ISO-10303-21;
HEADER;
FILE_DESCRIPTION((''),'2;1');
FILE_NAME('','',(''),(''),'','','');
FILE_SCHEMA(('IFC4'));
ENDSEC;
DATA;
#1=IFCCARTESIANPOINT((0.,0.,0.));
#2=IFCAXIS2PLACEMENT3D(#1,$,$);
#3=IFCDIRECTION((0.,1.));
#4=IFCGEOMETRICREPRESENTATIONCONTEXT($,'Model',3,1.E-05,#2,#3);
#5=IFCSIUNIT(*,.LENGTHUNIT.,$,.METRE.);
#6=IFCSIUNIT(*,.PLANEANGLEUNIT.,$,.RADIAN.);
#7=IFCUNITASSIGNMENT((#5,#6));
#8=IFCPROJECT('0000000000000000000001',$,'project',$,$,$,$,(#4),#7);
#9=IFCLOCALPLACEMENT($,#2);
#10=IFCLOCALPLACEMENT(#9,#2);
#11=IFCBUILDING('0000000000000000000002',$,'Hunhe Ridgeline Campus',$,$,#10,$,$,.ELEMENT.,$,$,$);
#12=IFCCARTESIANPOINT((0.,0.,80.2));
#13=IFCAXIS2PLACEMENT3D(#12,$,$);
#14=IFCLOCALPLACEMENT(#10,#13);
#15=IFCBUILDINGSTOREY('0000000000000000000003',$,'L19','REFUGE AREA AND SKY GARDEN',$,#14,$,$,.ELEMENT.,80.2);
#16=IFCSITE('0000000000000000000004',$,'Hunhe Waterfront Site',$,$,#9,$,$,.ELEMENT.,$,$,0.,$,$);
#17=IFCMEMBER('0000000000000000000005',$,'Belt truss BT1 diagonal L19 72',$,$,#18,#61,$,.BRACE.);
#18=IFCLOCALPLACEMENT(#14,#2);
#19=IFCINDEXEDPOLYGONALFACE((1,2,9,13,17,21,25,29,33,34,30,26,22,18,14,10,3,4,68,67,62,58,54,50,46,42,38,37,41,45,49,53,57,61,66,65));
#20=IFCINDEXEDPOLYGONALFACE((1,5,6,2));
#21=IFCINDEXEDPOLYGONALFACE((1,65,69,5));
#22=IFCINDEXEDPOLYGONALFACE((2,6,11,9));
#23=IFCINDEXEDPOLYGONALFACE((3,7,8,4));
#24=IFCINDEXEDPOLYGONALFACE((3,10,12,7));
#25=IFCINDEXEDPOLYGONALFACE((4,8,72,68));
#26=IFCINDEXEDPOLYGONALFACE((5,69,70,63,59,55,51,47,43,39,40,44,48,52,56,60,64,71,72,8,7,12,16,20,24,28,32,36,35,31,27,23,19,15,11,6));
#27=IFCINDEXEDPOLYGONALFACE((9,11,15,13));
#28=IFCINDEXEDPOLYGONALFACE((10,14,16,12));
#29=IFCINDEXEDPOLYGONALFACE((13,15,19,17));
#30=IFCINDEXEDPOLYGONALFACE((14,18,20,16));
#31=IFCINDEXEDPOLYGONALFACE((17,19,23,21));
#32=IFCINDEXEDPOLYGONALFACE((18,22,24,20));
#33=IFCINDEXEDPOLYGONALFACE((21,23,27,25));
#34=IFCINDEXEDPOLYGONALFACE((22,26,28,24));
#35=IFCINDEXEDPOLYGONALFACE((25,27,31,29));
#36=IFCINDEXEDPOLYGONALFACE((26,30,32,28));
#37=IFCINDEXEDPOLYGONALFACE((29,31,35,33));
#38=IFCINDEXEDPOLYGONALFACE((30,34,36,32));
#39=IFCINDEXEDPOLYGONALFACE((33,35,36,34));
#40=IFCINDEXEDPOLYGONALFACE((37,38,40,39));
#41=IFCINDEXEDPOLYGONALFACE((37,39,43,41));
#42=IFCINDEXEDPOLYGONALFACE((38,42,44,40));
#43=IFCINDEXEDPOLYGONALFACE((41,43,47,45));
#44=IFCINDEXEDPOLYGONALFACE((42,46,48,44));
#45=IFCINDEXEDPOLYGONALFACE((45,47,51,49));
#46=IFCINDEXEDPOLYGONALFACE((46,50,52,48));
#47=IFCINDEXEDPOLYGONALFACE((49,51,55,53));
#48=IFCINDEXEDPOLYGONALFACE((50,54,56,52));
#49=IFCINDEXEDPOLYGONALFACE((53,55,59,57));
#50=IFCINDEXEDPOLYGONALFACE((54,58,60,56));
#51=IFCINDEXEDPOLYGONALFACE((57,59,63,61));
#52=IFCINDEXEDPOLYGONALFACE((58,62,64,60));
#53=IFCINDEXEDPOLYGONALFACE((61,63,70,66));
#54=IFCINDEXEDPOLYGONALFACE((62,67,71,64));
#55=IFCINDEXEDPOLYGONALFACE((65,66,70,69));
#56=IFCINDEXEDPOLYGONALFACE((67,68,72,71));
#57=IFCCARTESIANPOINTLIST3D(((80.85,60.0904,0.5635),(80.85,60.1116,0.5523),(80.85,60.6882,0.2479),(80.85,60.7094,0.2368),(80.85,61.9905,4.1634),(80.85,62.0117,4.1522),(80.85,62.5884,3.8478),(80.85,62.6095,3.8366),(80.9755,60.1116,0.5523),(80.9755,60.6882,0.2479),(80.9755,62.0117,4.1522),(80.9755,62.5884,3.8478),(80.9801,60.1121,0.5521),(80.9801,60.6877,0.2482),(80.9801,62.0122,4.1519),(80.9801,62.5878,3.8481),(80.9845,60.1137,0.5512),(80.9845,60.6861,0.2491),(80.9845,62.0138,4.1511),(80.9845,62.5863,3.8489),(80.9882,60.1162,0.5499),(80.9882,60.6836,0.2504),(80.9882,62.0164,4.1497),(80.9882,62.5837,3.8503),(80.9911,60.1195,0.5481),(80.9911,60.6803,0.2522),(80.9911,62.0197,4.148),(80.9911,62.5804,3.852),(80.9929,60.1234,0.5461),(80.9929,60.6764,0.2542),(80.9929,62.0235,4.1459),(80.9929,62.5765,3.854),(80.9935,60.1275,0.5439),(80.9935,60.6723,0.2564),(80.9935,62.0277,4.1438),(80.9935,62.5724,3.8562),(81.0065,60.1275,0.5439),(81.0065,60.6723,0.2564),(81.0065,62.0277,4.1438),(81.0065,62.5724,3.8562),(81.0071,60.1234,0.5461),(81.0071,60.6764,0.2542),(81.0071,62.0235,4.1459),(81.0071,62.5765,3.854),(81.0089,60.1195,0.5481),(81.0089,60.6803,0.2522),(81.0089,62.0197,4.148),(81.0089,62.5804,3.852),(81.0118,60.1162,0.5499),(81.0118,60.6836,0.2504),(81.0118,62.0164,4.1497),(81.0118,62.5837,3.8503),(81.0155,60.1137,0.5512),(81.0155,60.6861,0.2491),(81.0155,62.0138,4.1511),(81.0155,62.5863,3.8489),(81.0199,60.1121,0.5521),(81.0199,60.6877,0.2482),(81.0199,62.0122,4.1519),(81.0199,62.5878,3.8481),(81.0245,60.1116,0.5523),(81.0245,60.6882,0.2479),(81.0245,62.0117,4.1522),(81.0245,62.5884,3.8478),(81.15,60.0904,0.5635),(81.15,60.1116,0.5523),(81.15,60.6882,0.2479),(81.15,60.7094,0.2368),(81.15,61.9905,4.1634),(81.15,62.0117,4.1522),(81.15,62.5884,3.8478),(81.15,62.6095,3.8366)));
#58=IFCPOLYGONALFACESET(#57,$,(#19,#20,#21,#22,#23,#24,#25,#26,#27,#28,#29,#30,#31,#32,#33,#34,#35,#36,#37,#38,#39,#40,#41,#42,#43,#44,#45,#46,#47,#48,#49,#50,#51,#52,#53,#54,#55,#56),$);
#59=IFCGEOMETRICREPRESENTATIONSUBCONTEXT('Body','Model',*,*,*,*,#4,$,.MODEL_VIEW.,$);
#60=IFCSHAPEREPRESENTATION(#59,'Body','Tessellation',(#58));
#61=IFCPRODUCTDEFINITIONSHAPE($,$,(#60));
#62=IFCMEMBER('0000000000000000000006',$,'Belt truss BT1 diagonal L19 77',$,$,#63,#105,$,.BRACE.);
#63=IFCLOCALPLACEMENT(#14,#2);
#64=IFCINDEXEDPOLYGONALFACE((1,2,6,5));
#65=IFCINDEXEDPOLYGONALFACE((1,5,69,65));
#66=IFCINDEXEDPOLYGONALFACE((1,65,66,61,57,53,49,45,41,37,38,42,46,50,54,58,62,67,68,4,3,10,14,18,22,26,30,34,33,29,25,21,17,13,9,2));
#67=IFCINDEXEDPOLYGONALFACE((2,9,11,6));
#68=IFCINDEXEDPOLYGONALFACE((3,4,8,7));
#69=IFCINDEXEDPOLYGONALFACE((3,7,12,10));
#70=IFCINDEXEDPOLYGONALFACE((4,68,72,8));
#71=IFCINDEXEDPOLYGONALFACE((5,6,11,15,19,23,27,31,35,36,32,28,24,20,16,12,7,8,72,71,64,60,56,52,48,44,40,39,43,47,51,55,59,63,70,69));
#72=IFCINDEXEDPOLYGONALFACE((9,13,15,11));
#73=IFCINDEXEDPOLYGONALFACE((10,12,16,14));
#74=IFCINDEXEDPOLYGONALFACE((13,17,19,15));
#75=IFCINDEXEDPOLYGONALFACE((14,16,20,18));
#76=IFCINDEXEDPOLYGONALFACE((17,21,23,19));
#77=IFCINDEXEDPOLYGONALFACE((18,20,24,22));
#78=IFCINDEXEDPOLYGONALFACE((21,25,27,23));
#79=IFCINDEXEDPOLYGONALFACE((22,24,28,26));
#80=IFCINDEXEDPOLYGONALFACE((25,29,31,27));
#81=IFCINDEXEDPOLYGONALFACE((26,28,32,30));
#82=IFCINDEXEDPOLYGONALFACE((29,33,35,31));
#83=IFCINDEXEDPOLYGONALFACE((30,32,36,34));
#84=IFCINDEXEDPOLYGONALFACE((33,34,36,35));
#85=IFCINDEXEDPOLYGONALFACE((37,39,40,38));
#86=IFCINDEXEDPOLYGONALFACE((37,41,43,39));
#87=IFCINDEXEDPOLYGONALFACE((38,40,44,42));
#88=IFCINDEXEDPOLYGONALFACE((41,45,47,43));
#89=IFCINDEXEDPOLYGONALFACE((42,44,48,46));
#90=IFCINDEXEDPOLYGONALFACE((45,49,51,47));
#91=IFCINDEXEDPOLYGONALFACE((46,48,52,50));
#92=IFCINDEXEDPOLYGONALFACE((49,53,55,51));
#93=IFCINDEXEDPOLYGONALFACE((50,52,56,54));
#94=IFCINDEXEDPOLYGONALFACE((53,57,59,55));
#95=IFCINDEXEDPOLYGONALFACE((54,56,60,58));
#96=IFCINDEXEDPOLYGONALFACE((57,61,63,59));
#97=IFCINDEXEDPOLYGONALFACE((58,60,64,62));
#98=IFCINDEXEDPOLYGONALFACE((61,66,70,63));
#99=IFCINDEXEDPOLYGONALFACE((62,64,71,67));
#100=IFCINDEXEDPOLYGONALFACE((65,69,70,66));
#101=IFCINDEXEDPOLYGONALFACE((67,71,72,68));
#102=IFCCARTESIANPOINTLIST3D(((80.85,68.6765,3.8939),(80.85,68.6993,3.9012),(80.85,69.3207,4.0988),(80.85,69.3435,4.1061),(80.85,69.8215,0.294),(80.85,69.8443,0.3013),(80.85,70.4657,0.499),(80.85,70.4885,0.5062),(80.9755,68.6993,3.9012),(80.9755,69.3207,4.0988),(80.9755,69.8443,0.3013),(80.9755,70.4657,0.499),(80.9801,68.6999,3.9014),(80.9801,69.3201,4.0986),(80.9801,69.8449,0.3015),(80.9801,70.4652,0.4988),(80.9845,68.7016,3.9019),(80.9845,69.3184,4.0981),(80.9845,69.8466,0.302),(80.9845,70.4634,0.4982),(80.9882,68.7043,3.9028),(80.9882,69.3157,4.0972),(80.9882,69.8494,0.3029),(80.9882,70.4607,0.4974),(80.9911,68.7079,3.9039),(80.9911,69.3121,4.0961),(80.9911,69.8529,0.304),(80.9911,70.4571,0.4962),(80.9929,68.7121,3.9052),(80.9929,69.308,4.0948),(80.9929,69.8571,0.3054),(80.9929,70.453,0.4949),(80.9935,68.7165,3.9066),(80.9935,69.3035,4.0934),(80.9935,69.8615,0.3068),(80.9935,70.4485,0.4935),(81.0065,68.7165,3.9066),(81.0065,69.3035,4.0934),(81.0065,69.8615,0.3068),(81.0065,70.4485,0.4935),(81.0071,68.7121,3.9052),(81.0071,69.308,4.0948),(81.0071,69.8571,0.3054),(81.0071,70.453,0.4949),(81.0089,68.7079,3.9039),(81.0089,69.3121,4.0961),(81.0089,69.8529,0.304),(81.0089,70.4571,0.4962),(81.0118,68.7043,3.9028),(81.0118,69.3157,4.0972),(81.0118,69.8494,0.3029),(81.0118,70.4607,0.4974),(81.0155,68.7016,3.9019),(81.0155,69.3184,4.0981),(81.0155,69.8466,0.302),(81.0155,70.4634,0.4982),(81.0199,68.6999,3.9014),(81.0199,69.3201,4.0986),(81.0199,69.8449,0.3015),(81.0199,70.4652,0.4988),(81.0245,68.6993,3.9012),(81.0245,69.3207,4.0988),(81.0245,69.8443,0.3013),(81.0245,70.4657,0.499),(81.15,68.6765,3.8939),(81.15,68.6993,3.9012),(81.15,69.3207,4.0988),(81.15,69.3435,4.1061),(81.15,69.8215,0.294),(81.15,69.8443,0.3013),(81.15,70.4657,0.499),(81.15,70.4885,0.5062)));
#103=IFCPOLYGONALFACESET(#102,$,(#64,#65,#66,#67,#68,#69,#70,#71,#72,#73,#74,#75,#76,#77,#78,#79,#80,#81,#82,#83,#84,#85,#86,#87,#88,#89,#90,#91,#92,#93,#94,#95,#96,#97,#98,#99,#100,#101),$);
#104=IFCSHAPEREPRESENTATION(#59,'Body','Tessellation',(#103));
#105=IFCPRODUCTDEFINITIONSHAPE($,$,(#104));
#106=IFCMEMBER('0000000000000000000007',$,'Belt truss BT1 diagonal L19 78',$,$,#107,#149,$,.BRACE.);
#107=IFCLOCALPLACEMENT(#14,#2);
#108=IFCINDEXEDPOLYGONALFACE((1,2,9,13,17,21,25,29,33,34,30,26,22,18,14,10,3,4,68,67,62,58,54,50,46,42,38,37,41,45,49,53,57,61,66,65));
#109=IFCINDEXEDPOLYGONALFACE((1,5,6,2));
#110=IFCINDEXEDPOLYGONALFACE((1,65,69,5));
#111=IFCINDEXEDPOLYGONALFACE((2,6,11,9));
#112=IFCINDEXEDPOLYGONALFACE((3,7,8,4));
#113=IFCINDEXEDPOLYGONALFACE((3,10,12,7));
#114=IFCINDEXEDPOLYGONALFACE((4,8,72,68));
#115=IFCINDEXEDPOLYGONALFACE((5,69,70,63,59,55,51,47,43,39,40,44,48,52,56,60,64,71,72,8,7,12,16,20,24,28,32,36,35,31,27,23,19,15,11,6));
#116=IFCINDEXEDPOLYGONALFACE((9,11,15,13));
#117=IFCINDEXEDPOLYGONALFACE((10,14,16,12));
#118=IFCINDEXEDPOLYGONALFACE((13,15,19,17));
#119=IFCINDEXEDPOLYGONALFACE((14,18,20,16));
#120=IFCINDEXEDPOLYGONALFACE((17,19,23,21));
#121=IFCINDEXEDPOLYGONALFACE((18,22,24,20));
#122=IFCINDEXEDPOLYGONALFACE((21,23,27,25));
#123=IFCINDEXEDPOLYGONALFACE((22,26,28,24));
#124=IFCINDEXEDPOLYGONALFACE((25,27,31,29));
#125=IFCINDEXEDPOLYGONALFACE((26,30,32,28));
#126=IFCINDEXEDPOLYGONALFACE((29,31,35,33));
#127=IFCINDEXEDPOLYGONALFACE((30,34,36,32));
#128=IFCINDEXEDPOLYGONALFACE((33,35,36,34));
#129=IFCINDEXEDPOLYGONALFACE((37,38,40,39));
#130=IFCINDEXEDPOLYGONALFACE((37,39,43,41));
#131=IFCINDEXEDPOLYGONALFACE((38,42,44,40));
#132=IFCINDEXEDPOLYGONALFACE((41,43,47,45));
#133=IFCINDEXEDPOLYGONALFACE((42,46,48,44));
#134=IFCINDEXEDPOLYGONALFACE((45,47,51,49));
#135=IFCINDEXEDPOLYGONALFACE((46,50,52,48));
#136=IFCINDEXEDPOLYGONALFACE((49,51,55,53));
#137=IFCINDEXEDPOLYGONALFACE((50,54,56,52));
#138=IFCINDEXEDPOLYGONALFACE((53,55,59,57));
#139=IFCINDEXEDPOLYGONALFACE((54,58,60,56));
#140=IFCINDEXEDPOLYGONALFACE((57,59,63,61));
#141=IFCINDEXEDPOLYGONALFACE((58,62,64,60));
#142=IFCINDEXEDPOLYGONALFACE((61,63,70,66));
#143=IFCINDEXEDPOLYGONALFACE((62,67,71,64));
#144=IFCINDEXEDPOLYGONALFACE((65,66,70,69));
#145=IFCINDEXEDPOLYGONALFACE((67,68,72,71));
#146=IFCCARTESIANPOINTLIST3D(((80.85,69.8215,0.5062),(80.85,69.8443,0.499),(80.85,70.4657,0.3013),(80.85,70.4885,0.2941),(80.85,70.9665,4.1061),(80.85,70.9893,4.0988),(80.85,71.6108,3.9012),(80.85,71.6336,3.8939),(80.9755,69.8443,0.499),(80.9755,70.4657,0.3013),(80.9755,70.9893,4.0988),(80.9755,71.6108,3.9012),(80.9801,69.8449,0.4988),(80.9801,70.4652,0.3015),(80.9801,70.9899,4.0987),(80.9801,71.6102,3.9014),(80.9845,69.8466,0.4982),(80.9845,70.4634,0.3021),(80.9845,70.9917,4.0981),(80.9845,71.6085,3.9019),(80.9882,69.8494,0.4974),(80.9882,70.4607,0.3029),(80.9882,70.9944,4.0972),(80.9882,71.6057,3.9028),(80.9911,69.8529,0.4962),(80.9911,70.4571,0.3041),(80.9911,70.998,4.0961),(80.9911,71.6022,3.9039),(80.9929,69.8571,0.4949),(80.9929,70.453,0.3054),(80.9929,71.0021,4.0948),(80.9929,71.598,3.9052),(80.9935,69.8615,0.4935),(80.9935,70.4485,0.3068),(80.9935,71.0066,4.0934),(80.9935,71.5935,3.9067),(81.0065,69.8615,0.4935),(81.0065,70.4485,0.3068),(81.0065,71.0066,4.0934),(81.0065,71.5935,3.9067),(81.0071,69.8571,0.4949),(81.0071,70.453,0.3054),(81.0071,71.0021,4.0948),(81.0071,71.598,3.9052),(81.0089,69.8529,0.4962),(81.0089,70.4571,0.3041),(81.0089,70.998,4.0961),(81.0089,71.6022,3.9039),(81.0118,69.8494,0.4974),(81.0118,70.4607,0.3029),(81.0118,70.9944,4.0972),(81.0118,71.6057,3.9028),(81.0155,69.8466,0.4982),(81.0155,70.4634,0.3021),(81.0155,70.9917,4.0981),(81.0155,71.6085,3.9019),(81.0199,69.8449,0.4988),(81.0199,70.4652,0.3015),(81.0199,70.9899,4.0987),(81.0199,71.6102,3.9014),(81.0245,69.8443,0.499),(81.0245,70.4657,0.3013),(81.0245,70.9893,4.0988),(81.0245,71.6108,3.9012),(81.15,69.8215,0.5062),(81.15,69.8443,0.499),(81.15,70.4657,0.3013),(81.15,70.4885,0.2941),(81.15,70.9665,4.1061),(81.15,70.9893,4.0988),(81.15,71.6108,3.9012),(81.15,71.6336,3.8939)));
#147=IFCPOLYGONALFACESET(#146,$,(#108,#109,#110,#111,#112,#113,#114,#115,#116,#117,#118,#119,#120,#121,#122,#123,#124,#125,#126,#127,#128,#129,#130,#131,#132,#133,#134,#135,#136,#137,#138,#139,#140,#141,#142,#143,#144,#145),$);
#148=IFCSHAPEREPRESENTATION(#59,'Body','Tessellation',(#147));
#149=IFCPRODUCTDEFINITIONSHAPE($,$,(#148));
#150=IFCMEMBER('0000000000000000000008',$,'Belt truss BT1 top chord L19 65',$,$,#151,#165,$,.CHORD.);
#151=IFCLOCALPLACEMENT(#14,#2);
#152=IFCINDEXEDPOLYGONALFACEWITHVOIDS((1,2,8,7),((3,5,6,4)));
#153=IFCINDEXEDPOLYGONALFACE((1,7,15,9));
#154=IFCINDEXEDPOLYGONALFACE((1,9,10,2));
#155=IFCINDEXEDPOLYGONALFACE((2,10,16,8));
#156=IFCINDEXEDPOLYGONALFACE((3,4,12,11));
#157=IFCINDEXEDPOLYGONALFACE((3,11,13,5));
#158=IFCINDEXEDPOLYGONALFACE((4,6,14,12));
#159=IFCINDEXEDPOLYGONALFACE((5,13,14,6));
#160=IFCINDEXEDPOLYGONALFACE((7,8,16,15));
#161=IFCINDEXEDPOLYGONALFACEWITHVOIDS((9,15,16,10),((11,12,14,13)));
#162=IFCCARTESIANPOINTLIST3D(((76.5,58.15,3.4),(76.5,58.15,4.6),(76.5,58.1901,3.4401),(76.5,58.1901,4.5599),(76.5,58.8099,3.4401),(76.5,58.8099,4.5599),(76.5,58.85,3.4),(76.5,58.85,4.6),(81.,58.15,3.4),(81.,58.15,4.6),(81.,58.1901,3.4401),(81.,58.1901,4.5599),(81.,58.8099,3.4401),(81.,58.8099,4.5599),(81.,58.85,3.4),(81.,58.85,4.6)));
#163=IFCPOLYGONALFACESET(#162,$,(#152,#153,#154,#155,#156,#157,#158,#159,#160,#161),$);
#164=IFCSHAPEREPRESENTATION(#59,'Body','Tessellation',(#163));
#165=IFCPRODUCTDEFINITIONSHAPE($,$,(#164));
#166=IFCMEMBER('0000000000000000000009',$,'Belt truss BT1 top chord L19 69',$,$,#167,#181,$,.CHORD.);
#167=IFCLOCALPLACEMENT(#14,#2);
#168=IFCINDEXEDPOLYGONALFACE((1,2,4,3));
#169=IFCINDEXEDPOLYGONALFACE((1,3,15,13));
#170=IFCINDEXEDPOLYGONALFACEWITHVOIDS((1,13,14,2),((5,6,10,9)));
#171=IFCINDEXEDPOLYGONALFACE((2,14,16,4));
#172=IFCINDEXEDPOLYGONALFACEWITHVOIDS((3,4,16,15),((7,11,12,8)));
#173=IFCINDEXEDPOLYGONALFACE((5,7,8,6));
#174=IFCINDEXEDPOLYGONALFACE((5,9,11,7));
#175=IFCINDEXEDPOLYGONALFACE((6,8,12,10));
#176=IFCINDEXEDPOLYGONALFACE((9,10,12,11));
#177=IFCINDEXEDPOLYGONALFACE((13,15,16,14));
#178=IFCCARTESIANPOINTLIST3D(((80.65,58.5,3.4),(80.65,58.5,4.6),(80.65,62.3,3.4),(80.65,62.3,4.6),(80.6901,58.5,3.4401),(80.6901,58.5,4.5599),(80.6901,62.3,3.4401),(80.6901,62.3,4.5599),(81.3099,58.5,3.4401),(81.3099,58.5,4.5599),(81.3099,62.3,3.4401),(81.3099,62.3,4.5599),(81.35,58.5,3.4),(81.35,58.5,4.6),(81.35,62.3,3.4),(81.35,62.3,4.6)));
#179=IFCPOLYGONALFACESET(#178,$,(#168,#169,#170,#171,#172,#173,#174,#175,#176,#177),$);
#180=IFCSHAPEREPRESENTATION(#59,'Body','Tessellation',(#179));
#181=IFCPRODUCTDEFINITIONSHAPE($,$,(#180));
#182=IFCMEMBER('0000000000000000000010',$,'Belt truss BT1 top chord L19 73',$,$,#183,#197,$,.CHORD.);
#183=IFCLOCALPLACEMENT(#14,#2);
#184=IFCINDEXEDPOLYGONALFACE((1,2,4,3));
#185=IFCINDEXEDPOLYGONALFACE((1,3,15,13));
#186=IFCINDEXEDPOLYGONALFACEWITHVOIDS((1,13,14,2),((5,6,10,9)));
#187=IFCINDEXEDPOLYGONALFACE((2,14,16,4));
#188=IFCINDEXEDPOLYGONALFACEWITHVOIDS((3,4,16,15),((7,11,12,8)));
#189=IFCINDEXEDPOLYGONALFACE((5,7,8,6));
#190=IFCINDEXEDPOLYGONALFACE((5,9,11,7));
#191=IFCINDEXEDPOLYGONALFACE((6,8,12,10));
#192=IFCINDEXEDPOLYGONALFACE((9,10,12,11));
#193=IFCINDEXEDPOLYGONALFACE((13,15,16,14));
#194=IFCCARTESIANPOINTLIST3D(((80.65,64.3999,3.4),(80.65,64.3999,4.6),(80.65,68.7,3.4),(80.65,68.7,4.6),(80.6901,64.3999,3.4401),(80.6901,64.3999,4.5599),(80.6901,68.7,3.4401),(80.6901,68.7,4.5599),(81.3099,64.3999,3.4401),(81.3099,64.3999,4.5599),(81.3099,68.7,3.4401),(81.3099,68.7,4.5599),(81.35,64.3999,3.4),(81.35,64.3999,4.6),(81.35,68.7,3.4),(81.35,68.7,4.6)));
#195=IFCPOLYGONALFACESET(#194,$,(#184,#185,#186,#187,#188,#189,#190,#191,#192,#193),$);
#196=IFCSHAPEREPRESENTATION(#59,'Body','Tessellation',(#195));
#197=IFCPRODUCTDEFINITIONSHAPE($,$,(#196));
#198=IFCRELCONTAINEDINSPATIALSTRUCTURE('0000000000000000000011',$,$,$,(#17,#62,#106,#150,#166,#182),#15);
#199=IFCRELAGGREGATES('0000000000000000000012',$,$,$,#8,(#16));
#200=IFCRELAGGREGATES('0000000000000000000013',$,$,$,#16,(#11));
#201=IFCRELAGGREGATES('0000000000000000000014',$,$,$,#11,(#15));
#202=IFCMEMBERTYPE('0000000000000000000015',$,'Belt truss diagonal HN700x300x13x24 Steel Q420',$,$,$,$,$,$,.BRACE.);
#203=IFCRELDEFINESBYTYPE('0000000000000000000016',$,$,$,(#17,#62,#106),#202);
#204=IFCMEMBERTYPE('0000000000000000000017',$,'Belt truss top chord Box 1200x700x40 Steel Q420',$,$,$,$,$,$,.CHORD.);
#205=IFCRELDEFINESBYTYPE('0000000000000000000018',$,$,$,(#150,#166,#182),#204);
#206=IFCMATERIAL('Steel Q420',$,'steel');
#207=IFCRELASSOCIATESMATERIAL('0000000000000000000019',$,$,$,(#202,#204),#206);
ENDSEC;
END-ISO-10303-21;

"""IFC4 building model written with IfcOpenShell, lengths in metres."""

from ifc_helpers import new_model, si_unit, direction, frame, origin, origin_2d, place, context, subcontext, project, spatial, hollow_rectangle, i_section, extrude, material, material_profile, profile_set, type_object, element, save


model = new_model("IFC4")

# Units and contexts
model_context = context("Model", 3, precision=1e-05, world=origin(), true_north=direction((0.0, 1.0)))
body_context = subcontext(model_context, "Body", "Model", "MODEL_VIEW")
ifc_project = project(units=[si_unit("LENGTHUNIT", "METRE"), si_unit("PLANEANGLEUNIT", "RADIAN")], contexts=[model_context])

# Site, building, storey
site_placement = place(None, origin())
site = spatial("IfcSite", under=ifc_project, at=site_placement, Name="Hunhe Waterfront Site", CompositionType="ELEMENT", RefElevation=0.0)
building_placement = place(site_placement, origin())
building = spatial("IfcBuilding", under=site, at=building_placement, Name="Hunhe Ridgeline Campus", CompositionType="ELEMENT")
storey_placement = place(building_placement, frame((0.0, 0.0, 80.2)))
storey = spatial("IfcBuildingStorey", under=building, at=storey_placement, Name="L19", Description="REFUGE AREA AND SKY GARDEN", CompositionType="ELEMENT", Elevation=80.2)

# Members
ifc_material_1 = material(Name="Steel Q420", Category="steel")
ifc_material_profile_1 = material_profile(ifc_material_1, i_section(OverallWidth=0.3, OverallDepth=0.7, WebThickness=0.0129, FlangeThickness=0.0239, FilletRadius=0.0181, at=origin_2d()))
ifc_profile_set_1 = profile_set([ifc_material_profile_1], Name="Steel Q420")
member_type_1 = type_object("IfcMemberType", Name="Belt truss diagonal HN700x300x13x24 Steel Q420", PredefinedType="BRACE", material=ifc_profile_set_1)
for number, where, z_axis, x_axis, name in (
    (1, (81.0, 60.3999, 0.4001), (0.0, 0.466802, 0.884362), (-1.0, 0.0, 0.0), "Belt truss BT1 diagonal L19 72"),
):
    element("IfcMember", number, at=place(storey_placement, frame(where, z_axis=z_axis, x_axis=x_axis)), inside=storey, type_object=member_type_1, Name=name, PredefinedType="BRACE", context=body_context, shape_type="SweptSolid", body=[
        extrude(i_section(OverallWidth=0.3, OverallDepth=0.7, WebThickness=0.0129, FlangeThickness=0.0239, FilletRadius=0.0181, at=origin_2d()), origin(), (0.0, 0.0, 1.0), 4.0706),
    ])
for number, where, z_axis, x_axis, name in (
    (2, (81.0, 69.01, 4.0), (0.0, 0.30311, -0.952955), (-1.0, 0.0, 0.0), "Belt truss BT1 diagonal L19 77"),
    (3, (81.0, 70.155, 0.4001), (0.0, 0.30311, 0.952955), (-1.0, 0.0, 0.0), "Belt truss BT1 diagonal L19 78"),
):
    element("IfcMember", number, at=place(storey_placement, frame(where, z_axis=z_axis, x_axis=x_axis)), inside=storey, type_object=member_type_1, Name=name, PredefinedType="BRACE", context=body_context, shape_type="SweptSolid", body=[
        extrude(i_section(OverallWidth=0.3, OverallDepth=0.7, WebThickness=0.0129, FlangeThickness=0.0239, FilletRadius=0.0181, at=origin_2d()), origin(), (0.0, 0.0, 1.0), 3.7776),
    ])
ifc_material_profile_2 = material_profile(ifc_material_1, hollow_rectangle(XDim=0.7, YDim=1.2, WallThickness=0.04, at=origin_2d()))
ifc_profile_set_2 = profile_set([ifc_material_profile_2], Name="Steel Q420")
member_type_2 = type_object("IfcMemberType", Name="Belt truss top chord Box 1200x700x40 Steel Q420", PredefinedType="CHORD", material=ifc_profile_set_2)
member_1_placement = place(storey_placement, frame((76.5, 58.5, 4.0), z_axis=(1.0, 0.0, 0.0), x_axis=(0.0, 1.0, 0.0)))
element("IfcMember", 4, at=member_1_placement, inside=storey, type_object=member_type_2, Name="Belt truss BT1 top chord L19 65", PredefinedType="CHORD", context=body_context, shape_type="SweptSolid", body=[
    extrude(hollow_rectangle(XDim=0.7, YDim=1.2, WallThickness=0.04, at=origin_2d()), origin(), (0.0, 0.0, 1.0), 4.5),
])
member_2_placement = place(storey_placement, frame((81.0, 58.5, 4.0), z_axis=(0.0, 1.0, 0.0), x_axis=(-1.0, 0.0, 0.0)))
element("IfcMember", 5, at=member_2_placement, inside=storey, type_object=member_type_2, Name="Belt truss BT1 top chord L19 69", PredefinedType="CHORD", context=body_context, shape_type="SweptSolid", body=[
    extrude(hollow_rectangle(XDim=0.7, YDim=1.2, WallThickness=0.04, at=origin_2d()), origin(), (0.0, 0.0, 1.0), 3.8),
])
member_3_placement = place(storey_placement, frame((81.0, 64.3999, 4.0), z_axis=(0.0, 1.0, 0.0), x_axis=(-1.0, 0.0, 0.0)))
element("IfcMember", 6, at=member_3_placement, inside=storey, type_object=member_type_2, Name="Belt truss BT1 top chord L19 73", PredefinedType="CHORD", context=body_context, shape_type="SweptSolid", body=[
    extrude(hollow_rectangle(XDim=0.7, YDim=1.2, WallThickness=0.04, at=origin_2d()), origin(), (0.0, 0.0, 1.0), 4.3),
])

save(model, "model.ifc")
